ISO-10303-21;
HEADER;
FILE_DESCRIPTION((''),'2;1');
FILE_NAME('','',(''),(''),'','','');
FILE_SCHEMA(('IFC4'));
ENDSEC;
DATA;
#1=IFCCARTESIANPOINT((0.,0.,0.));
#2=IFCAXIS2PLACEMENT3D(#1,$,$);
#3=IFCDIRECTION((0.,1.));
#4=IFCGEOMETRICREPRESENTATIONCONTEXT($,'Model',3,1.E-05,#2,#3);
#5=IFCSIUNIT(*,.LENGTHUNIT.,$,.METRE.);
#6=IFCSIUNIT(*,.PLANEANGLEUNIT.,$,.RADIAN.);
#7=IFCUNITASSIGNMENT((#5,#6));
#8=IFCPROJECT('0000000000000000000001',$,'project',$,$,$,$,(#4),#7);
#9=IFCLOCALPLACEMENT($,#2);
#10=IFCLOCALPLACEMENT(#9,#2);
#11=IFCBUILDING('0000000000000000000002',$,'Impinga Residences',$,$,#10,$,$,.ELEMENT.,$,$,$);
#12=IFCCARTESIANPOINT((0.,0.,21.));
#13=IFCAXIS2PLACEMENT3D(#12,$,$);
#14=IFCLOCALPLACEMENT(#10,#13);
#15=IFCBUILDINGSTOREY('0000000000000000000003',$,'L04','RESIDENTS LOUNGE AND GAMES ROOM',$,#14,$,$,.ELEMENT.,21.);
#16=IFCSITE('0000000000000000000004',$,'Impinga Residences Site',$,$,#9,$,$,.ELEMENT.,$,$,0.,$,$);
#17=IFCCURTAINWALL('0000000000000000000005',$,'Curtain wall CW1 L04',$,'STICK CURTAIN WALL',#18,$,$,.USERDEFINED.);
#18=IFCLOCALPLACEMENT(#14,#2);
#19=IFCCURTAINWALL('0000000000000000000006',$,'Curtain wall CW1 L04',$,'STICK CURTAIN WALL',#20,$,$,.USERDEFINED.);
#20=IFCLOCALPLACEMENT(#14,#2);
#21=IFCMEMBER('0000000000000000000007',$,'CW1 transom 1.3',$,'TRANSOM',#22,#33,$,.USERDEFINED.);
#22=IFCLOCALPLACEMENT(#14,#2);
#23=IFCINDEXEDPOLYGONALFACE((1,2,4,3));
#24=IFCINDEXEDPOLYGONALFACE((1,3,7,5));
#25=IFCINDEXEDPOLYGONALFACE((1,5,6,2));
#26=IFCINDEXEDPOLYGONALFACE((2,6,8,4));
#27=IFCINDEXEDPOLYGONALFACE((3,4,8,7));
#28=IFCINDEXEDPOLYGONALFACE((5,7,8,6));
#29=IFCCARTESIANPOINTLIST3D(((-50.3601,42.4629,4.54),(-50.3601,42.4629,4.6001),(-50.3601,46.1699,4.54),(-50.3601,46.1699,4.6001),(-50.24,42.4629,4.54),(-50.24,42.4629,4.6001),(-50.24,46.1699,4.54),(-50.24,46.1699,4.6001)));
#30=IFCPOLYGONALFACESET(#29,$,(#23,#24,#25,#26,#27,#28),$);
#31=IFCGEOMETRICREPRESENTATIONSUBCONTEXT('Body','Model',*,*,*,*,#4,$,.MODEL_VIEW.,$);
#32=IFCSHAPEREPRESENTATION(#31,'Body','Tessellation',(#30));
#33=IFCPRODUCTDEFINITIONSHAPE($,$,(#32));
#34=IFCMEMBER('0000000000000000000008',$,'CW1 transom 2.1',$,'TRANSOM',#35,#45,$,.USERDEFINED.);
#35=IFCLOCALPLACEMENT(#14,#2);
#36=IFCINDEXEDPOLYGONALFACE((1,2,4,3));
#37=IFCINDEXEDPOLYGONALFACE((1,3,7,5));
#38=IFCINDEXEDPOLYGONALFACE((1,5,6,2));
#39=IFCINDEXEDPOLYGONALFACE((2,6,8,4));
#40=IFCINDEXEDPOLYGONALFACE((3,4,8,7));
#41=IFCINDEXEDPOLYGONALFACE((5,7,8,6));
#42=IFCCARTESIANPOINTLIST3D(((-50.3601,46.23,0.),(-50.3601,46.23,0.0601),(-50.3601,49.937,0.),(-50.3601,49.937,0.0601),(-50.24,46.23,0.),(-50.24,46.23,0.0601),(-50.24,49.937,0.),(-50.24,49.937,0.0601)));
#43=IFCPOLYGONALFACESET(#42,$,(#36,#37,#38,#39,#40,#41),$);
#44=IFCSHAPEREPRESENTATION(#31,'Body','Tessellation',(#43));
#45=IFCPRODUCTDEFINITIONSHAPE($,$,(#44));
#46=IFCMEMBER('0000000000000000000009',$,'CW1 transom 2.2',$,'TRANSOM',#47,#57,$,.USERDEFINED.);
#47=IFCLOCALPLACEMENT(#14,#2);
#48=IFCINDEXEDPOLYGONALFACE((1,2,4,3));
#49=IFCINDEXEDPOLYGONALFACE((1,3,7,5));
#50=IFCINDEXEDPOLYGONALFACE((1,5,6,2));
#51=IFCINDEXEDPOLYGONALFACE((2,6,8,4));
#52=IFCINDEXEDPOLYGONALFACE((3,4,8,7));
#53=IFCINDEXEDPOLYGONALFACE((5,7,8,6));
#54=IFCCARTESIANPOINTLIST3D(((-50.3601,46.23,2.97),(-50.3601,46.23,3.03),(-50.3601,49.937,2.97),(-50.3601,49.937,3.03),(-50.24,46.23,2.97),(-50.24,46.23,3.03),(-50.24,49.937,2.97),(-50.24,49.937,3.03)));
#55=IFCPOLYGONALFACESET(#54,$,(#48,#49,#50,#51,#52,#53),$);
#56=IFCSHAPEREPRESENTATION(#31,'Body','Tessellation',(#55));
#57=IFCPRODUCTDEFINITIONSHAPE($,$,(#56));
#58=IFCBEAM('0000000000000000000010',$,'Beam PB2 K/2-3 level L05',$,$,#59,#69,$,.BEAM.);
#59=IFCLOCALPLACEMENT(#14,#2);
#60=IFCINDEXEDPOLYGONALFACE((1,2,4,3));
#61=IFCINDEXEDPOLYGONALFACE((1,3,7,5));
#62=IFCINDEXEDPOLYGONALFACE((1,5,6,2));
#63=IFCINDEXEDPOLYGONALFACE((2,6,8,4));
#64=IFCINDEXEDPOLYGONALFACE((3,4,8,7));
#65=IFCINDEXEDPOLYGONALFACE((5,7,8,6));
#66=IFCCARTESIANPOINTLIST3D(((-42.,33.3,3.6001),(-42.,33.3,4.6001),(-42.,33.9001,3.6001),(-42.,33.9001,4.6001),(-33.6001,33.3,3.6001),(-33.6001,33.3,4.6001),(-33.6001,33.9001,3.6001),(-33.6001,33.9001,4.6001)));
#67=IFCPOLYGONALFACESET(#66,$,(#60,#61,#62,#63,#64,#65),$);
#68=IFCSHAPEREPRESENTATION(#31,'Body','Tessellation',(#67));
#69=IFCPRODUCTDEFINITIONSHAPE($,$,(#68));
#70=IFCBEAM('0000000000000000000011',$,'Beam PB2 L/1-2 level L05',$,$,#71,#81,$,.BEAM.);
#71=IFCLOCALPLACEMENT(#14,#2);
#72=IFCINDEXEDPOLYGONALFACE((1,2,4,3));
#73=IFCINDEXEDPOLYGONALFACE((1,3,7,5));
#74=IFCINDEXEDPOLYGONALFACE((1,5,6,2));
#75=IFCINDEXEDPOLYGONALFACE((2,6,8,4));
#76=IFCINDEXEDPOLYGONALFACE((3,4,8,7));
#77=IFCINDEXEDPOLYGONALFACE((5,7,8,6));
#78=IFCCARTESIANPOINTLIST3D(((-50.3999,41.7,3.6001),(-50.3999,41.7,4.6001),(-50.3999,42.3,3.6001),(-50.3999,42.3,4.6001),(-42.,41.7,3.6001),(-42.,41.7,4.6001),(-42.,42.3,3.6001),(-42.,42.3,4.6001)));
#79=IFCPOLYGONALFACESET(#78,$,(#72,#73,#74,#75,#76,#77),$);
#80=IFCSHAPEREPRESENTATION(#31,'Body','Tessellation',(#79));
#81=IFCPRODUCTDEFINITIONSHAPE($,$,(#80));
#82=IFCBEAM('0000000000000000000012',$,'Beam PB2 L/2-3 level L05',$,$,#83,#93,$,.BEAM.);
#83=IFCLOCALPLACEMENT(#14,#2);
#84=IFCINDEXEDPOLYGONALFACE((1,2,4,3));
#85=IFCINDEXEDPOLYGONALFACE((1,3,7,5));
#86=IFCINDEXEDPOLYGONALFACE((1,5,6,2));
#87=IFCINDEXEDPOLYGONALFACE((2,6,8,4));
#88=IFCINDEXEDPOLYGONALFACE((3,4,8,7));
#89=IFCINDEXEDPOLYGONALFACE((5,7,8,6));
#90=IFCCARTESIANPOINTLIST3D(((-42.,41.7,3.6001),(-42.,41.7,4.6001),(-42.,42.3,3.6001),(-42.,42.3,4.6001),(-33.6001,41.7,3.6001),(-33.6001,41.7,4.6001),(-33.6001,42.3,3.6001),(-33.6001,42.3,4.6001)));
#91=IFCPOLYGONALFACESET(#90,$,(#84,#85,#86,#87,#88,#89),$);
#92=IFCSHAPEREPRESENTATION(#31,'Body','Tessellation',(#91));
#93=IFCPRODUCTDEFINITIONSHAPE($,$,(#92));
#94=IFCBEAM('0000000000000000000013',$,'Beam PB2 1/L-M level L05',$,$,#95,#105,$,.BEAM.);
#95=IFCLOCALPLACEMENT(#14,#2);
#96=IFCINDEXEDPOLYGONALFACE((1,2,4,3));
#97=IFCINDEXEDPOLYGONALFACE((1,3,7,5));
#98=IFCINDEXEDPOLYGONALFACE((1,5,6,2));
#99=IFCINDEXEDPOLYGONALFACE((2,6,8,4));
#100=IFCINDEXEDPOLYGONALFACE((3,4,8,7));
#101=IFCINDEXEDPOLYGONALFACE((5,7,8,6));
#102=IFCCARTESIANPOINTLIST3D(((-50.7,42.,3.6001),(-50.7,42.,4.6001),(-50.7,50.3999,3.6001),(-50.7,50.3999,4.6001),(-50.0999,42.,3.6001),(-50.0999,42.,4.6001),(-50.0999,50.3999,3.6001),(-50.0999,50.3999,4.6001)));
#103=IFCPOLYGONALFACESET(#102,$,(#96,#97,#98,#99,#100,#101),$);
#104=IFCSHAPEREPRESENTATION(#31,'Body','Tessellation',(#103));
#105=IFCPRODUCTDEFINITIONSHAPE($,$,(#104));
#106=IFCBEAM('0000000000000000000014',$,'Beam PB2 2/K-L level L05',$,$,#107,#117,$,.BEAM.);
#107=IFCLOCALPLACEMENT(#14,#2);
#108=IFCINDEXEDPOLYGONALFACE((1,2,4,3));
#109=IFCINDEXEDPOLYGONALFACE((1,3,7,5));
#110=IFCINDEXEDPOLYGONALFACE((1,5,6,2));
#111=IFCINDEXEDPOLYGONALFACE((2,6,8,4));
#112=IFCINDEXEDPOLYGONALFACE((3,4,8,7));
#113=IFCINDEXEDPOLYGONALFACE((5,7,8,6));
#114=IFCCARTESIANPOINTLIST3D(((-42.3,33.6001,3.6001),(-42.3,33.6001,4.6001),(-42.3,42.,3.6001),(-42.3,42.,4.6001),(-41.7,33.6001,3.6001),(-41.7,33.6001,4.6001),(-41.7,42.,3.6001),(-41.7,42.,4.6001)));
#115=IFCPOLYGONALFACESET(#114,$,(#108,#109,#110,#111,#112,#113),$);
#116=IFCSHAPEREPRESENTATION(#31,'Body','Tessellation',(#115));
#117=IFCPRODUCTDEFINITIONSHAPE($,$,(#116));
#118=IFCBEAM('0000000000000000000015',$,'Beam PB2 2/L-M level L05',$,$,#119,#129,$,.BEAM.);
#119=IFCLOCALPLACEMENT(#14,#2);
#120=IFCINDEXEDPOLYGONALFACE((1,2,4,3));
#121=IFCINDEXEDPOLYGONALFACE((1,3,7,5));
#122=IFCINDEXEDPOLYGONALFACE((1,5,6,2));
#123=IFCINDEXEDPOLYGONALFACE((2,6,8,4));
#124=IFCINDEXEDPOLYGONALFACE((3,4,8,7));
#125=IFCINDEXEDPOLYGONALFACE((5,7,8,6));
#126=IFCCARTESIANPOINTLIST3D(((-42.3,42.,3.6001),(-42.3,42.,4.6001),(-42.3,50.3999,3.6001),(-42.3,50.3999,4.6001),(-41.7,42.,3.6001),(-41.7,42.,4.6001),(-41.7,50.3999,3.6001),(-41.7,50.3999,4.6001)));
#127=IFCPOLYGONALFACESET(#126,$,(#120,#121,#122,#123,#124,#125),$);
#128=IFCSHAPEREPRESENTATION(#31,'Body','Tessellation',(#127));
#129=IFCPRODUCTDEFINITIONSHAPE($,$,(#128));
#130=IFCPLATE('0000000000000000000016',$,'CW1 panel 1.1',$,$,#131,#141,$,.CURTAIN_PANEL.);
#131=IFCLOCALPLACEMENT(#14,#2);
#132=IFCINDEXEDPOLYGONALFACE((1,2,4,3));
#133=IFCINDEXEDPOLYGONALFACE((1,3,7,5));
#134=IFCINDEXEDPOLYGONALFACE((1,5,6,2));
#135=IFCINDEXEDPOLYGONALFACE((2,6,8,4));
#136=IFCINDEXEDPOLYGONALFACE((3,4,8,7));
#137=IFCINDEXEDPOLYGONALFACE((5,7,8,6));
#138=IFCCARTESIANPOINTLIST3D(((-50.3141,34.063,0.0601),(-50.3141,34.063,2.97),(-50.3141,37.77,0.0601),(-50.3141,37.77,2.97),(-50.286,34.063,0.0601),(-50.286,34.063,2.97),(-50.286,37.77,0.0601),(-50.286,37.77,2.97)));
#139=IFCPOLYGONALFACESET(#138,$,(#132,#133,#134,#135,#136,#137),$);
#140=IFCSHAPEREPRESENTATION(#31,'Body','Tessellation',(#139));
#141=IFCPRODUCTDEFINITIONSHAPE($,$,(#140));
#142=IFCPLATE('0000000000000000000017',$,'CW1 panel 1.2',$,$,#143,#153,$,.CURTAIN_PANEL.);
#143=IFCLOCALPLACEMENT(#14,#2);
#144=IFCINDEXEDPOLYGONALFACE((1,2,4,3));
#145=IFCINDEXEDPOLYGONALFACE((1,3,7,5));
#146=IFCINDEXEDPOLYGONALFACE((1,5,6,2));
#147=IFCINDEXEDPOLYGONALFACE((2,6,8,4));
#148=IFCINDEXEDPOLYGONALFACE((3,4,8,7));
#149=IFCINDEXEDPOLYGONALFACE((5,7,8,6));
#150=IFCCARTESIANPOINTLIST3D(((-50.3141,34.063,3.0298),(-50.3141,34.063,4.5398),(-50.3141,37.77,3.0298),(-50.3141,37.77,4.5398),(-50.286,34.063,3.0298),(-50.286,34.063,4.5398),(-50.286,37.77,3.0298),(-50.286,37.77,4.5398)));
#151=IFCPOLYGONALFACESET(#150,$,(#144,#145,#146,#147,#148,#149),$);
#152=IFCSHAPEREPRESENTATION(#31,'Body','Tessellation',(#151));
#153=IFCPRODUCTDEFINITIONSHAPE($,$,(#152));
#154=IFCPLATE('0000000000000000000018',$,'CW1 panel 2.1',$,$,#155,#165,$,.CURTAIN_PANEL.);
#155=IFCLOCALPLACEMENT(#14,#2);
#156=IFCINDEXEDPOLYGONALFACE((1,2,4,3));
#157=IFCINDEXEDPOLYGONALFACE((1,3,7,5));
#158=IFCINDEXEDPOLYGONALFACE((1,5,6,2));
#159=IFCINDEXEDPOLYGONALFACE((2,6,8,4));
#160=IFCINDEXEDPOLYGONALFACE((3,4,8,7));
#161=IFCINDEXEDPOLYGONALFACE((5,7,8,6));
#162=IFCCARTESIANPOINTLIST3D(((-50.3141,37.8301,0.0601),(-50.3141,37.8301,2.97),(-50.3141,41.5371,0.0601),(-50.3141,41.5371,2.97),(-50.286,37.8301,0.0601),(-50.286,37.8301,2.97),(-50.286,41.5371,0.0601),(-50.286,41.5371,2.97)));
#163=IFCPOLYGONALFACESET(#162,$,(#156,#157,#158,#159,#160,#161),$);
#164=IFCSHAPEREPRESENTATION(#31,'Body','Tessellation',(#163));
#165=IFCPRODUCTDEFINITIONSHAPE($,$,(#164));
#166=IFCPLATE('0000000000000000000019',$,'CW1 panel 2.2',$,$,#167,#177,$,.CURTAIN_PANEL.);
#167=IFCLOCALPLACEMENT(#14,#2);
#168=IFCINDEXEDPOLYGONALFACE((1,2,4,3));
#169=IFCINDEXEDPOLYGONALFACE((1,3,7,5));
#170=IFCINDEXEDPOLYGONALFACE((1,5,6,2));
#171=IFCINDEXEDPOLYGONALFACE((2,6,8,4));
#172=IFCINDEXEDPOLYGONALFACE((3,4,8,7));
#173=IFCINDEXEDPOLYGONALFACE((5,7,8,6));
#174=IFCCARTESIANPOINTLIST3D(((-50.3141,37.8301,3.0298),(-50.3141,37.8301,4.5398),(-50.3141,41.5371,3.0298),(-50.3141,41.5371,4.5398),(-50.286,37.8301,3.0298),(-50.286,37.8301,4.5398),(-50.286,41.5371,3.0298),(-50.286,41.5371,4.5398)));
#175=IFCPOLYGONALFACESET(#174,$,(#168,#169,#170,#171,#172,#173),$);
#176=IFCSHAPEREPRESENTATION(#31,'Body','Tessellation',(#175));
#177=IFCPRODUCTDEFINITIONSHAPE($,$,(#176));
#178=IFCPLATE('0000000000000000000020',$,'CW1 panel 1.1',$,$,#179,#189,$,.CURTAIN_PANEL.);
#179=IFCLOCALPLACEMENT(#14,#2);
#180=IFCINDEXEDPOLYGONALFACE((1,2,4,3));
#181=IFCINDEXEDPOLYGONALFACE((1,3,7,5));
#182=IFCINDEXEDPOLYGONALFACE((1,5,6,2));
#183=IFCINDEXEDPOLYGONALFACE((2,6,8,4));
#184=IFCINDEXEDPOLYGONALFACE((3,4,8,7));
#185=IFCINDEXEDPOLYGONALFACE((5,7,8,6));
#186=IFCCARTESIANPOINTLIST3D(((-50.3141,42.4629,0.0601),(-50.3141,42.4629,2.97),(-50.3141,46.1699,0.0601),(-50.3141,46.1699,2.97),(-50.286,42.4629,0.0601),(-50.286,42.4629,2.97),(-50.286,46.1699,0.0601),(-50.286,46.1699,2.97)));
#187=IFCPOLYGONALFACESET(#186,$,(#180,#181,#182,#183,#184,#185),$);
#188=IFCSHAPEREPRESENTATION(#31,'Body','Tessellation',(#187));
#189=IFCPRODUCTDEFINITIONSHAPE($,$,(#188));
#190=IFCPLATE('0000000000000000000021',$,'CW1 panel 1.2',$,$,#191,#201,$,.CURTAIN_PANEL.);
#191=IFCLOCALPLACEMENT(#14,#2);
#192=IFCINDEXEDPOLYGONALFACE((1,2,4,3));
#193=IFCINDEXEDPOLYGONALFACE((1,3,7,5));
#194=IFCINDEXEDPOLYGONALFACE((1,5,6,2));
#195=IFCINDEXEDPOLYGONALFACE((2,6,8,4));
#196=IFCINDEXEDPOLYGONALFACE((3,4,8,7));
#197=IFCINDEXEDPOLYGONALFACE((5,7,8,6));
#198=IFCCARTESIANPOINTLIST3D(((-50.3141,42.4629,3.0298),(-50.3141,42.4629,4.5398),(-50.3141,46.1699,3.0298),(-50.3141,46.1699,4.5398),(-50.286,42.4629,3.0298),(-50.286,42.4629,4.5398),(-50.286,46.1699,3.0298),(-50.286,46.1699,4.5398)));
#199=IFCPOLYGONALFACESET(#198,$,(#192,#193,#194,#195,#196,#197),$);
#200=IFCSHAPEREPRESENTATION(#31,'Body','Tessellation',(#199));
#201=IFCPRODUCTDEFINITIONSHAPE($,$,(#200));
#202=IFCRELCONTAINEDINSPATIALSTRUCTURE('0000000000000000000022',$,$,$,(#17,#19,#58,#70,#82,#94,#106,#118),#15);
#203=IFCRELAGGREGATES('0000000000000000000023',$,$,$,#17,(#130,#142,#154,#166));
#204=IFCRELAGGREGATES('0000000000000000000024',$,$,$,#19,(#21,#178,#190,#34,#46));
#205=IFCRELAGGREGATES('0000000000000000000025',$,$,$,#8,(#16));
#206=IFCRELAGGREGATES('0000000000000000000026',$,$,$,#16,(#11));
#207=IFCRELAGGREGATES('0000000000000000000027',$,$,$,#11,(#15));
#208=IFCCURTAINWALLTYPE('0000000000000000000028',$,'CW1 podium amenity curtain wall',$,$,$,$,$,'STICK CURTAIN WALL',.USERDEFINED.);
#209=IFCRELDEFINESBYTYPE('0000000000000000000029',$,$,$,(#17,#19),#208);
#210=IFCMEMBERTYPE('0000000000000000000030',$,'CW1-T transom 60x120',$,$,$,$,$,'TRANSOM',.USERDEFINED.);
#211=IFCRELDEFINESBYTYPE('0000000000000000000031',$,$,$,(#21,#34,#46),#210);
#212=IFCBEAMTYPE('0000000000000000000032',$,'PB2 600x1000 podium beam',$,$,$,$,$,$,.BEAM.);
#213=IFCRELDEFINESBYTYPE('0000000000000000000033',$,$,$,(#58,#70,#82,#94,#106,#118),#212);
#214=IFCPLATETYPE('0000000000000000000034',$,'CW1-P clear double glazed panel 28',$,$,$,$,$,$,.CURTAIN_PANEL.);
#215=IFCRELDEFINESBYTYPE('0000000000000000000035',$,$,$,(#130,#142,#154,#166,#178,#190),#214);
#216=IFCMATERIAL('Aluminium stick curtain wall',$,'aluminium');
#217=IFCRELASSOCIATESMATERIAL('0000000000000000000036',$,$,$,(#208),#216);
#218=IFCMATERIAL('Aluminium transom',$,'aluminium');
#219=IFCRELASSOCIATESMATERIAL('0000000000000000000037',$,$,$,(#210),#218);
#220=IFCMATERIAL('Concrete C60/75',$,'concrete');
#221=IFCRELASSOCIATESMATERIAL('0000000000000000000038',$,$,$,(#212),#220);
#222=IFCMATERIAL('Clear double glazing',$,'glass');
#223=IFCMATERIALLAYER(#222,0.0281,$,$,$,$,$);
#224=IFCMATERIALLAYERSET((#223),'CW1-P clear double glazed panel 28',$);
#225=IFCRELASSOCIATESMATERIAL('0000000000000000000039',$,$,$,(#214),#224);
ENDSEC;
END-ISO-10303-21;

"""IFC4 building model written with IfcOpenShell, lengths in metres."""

from ifc_helpers import new_model, si_unit, direction, frame, origin, origin_2d, place, context, subcontext, project, spatial, rectangle, extrude, material, layer, layer_set, material_profile, profile_set, type_object, element, aggregate, save


model = new_model("IFC4")

# Units and contexts
model_context = context("Model", 3, precision=1e-05, world=origin(), true_north=direction((0.0, 1.0)))
body_context = subcontext(model_context, "Body", "Model", "MODEL_VIEW")
ifc_project = project(units=[si_unit("LENGTHUNIT", "METRE"), si_unit("PLANEANGLEUNIT", "RADIAN")], contexts=[model_context])

# Site, building, storey
site_placement = place(None, origin())
site = spatial("IfcSite", under=ifc_project, at=site_placement, Name="Impinga Residences Site", CompositionType="ELEMENT", RefElevation=0.0)
building_placement = place(site_placement, origin())
building = spatial("IfcBuilding", under=site, at=building_placement, Name="Impinga Residences", CompositionType="ELEMENT")
storey_placement = place(building_placement, frame((0.0, 0.0, 21.0)))
storey = spatial("IfcBuildingStorey", under=building, at=storey_placement, Name="L04", Description="RESIDENTS LOUNGE AND GAMES ROOM", CompositionType="ELEMENT", Elevation=21.0)

# Curtain walls
ifc_material_1 = material(Name="Aluminium stick curtain wall", Category="aluminium")
curtain_wall_type = type_object("IfcCurtainWallType", Name="CW1 podium amenity curtain wall", ElementType="STICK CURTAIN WALL", PredefinedType="USERDEFINED", material=ifc_material_1)
curtain_wall_1_placement = place(storey_placement, origin())
curtain_wall_1 = element("IfcCurtainWall", 1, at=curtain_wall_1_placement, inside=storey, type_object=curtain_wall_type, Name="Curtain wall CW1 L04", ObjectType="STICK CURTAIN WALL", PredefinedType="USERDEFINED")
curtain_wall_2_placement = place(storey_placement, origin())
curtain_wall_2 = element("IfcCurtainWall", 2, at=curtain_wall_2_placement, inside=storey, type_object=curtain_wall_type, Name="Curtain wall CW1 L04", ObjectType="STICK CURTAIN WALL", PredefinedType="USERDEFINED")

# Members
ifc_material_2 = material(Name="Aluminium transom", Category="aluminium")
ifc_material_profile_1 = material_profile(ifc_material_2, rectangle(XDim=0.0601, YDim=0.1201, at=origin_2d()), Name="60x120 transom")
ifc_profile_set_1 = profile_set([ifc_material_profile_1], Name="Aluminium transom")
member_type_1 = type_object("IfcMemberType", Name="CW1-T transom 60x120", ElementType="TRANSOM", PredefinedType="USERDEFINED", material=ifc_profile_set_1)
member_1_placement = place(storey_placement, frame((-50.3, 42.4629, 4.5701), z_axis=(0.0, 1.0, 0.0), x_axis=(0.0, 0.0, 1.0)))
member_1 = element("IfcMember", 3, at=member_1_placement, type_object=member_type_1, Name="CW1 transom 1.3", ObjectType="TRANSOM", PredefinedType="USERDEFINED", context=body_context, shape_type="SweptSolid", body=[
    extrude(rectangle(XDim=0.0601, YDim=0.1201, at=origin_2d()), origin(), (0.0, 0.0, 1.0), 3.707),
])
member_2_placement = place(storey_placement, frame((-50.3, 46.23, 0.03), z_axis=(0.0, 1.0, 0.0), x_axis=(0.0, 0.0, 1.0)))
member_2 = element("IfcMember", 4, at=member_2_placement, type_object=member_type_1, Name="CW1 transom 2.1", ObjectType="TRANSOM", PredefinedType="USERDEFINED", context=body_context, shape_type="SweptSolid", body=[
    extrude(rectangle(XDim=0.0601, YDim=0.1201, at=origin_2d()), origin(), (0.0, 0.0, 1.0), 3.707),
])
member_3_placement = place(storey_placement, frame((-50.3, 46.23, 3.0), z_axis=(0.0, 1.0, 0.0), x_axis=(0.0, 0.0, 1.0)))
member_3 = element("IfcMember", 5, at=member_3_placement, type_object=member_type_1, Name="CW1 transom 2.2", ObjectType="TRANSOM", PredefinedType="USERDEFINED", context=body_context, shape_type="SweptSolid", body=[
    extrude(rectangle(XDim=0.0601, YDim=0.1201, at=origin_2d()), origin(), (0.0, 0.0, 1.0), 3.707),
])

# Beams
ifc_material_3 = material(Name="Concrete C60/75", Category="concrete")
ifc_material_profile_2 = material_profile(ifc_material_3, rectangle(XDim=0.6001, YDim=1.0, at=origin_2d()), Name="RC 600x1000")
ifc_profile_set_2 = profile_set([ifc_material_profile_2], Name="Concrete C60/75")
beam_type = type_object("IfcBeamType", Name="PB2 600x1000 podium beam", PredefinedType="BEAM", material=ifc_profile_set_2)
for number, where, z_axis, x_axis, name in (
    (6, (-42.0, 33.6001, 4.1001), (1.0, 0.0, 0.0), (0.0, 1.0, 0.0), "Beam PB2 K/2-3 level L05"),
    (7, (-50.3999, 42.0, 4.1001), (1.0, 0.0, 0.0), (0.0, 1.0, 0.0), "Beam PB2 L/1-2 level L05"),
    (8, (-42.0, 42.0, 4.1001), (1.0, 0.0, 0.0), (0.0, 1.0, 0.0), "Beam PB2 L/2-3 level L05"),
    (9, (-50.3999, 42.0, 4.1001), (0.0, 1.0, 0.0), (-1.0, 0.0, 0.0), "Beam PB2 1/L-M level L05"),
    (10, (-42.0, 33.6001, 4.1001), (0.0, 1.0, 0.0), (-1.0, 0.0, 0.0), "Beam PB2 2/K-L level L05"),
    (11, (-42.0, 42.0, 4.1001), (0.0, 1.0, 0.0), (-1.0, 0.0, 0.0), "Beam PB2 2/L-M level L05"),
):
    element("IfcBeam", number, at=place(storey_placement, frame(where, z_axis=z_axis, x_axis=x_axis)), inside=storey, type_object=beam_type, Name=name, PredefinedType="BEAM", context=body_context, shape_type="SweptSolid", body=[
        extrude(rectangle(XDim=0.6001, YDim=1.0, at=origin_2d()), origin(), (0.0, 0.0, 1.0), 8.3999),
    ])

# Plates
ifc_material_4 = material(Name="Clear double glazing", Category="glass")
ifc_layer_1 = layer(ifc_material_4, 0.0281)
ifc_layer_set_1 = layer_set([ifc_layer_1], Name="CW1-P clear double glazed panel 28")
plate_type = type_object("IfcPlateType", Name="CW1-P clear double glazed panel 28", PredefinedType="CURTAIN_PANEL", material=ifc_layer_set_1)
plate_1_placement = place(storey_placement, frame((-50.3, 35.9165, 0.0601), z_axis=(0.0, 0.0, 1.0), x_axis=(0.0, 1.0, 0.0)))
plate_1 = element("IfcPlate", 12, at=plate_1_placement, type_object=plate_type, Name="CW1 panel 1.1", PredefinedType="CURTAIN_PANEL", context=body_context, shape_type="SweptSolid", body=[
    extrude(rectangle(XDim=3.707, YDim=0.0281, at=origin_2d()), origin(), (0.0, 0.0, 1.0), 2.9099),
])
plate_2_placement = place(storey_placement, frame((-50.3, 35.9165, 3.0298), z_axis=(0.0, 0.0, 1.0), x_axis=(0.0, 1.0, 0.0)))
plate_2 = element("IfcPlate", 13, at=plate_2_placement, type_object=plate_type, Name="CW1 panel 1.2", PredefinedType="CURTAIN_PANEL", context=body_context, shape_type="SweptSolid", body=[
    extrude(rectangle(XDim=3.707, YDim=0.0281, at=origin_2d()), origin(), (0.0, 0.0, 1.0), 1.51),
])
plate_3_placement = place(storey_placement, frame((-50.3, 39.6836, 0.0601), z_axis=(0.0, 0.0, 1.0), x_axis=(0.0, 1.0, 0.0)))
plate_3 = element("IfcPlate", 14, at=plate_3_placement, type_object=plate_type, Name="CW1 panel 2.1", PredefinedType="CURTAIN_PANEL", context=body_context, shape_type="SweptSolid", body=[
    extrude(rectangle(XDim=3.707, YDim=0.0281, at=origin_2d()), origin(), (0.0, 0.0, 1.0), 2.9099),
])
plate_4_placement = place(storey_placement, frame((-50.3, 39.6836, 3.0298), z_axis=(0.0, 0.0, 1.0), x_axis=(0.0, 1.0, 0.0)))
plate_4 = element("IfcPlate", 15, at=plate_4_placement, type_object=plate_type, Name="CW1 panel 2.2", PredefinedType="CURTAIN_PANEL", context=body_context, shape_type="SweptSolid", body=[
    extrude(rectangle(XDim=3.707, YDim=0.0281, at=origin_2d()), origin(), (0.0, 0.0, 1.0), 1.51),
])
aggregate(curtain_wall_1, [plate_1, plate_2, plate_3, plate_4])
plate_5_placement = place(storey_placement, frame((-50.3, 44.3164, 0.0601), z_axis=(0.0, 0.0, 1.0), x_axis=(0.0, 1.0, 0.0)))
plate_5 = element("IfcPlate", 16, at=plate_5_placement, type_object=plate_type, Name="CW1 panel 1.1", PredefinedType="CURTAIN_PANEL", context=body_context, shape_type="SweptSolid", body=[
    extrude(rectangle(XDim=3.707, YDim=0.0281, at=origin_2d()), origin(), (0.0, 0.0, 1.0), 2.9099),
])
plate_6_placement = place(storey_placement, frame((-50.3, 44.3164, 3.0298), z_axis=(0.0, 0.0, 1.0), x_axis=(0.0, 1.0, 0.0)))
plate_6 = element("IfcPlate", 17, at=plate_6_placement, type_object=plate_type, Name="CW1 panel 1.2", PredefinedType="CURTAIN_PANEL", context=body_context, shape_type="SweptSolid", body=[
    extrude(rectangle(XDim=3.707, YDim=0.0281, at=origin_2d()), origin(), (0.0, 0.0, 1.0), 1.51),
])
aggregate(curtain_wall_2, [member_1, plate_5, plate_6, member_2, member_3])

save(model, "model.ifc")
